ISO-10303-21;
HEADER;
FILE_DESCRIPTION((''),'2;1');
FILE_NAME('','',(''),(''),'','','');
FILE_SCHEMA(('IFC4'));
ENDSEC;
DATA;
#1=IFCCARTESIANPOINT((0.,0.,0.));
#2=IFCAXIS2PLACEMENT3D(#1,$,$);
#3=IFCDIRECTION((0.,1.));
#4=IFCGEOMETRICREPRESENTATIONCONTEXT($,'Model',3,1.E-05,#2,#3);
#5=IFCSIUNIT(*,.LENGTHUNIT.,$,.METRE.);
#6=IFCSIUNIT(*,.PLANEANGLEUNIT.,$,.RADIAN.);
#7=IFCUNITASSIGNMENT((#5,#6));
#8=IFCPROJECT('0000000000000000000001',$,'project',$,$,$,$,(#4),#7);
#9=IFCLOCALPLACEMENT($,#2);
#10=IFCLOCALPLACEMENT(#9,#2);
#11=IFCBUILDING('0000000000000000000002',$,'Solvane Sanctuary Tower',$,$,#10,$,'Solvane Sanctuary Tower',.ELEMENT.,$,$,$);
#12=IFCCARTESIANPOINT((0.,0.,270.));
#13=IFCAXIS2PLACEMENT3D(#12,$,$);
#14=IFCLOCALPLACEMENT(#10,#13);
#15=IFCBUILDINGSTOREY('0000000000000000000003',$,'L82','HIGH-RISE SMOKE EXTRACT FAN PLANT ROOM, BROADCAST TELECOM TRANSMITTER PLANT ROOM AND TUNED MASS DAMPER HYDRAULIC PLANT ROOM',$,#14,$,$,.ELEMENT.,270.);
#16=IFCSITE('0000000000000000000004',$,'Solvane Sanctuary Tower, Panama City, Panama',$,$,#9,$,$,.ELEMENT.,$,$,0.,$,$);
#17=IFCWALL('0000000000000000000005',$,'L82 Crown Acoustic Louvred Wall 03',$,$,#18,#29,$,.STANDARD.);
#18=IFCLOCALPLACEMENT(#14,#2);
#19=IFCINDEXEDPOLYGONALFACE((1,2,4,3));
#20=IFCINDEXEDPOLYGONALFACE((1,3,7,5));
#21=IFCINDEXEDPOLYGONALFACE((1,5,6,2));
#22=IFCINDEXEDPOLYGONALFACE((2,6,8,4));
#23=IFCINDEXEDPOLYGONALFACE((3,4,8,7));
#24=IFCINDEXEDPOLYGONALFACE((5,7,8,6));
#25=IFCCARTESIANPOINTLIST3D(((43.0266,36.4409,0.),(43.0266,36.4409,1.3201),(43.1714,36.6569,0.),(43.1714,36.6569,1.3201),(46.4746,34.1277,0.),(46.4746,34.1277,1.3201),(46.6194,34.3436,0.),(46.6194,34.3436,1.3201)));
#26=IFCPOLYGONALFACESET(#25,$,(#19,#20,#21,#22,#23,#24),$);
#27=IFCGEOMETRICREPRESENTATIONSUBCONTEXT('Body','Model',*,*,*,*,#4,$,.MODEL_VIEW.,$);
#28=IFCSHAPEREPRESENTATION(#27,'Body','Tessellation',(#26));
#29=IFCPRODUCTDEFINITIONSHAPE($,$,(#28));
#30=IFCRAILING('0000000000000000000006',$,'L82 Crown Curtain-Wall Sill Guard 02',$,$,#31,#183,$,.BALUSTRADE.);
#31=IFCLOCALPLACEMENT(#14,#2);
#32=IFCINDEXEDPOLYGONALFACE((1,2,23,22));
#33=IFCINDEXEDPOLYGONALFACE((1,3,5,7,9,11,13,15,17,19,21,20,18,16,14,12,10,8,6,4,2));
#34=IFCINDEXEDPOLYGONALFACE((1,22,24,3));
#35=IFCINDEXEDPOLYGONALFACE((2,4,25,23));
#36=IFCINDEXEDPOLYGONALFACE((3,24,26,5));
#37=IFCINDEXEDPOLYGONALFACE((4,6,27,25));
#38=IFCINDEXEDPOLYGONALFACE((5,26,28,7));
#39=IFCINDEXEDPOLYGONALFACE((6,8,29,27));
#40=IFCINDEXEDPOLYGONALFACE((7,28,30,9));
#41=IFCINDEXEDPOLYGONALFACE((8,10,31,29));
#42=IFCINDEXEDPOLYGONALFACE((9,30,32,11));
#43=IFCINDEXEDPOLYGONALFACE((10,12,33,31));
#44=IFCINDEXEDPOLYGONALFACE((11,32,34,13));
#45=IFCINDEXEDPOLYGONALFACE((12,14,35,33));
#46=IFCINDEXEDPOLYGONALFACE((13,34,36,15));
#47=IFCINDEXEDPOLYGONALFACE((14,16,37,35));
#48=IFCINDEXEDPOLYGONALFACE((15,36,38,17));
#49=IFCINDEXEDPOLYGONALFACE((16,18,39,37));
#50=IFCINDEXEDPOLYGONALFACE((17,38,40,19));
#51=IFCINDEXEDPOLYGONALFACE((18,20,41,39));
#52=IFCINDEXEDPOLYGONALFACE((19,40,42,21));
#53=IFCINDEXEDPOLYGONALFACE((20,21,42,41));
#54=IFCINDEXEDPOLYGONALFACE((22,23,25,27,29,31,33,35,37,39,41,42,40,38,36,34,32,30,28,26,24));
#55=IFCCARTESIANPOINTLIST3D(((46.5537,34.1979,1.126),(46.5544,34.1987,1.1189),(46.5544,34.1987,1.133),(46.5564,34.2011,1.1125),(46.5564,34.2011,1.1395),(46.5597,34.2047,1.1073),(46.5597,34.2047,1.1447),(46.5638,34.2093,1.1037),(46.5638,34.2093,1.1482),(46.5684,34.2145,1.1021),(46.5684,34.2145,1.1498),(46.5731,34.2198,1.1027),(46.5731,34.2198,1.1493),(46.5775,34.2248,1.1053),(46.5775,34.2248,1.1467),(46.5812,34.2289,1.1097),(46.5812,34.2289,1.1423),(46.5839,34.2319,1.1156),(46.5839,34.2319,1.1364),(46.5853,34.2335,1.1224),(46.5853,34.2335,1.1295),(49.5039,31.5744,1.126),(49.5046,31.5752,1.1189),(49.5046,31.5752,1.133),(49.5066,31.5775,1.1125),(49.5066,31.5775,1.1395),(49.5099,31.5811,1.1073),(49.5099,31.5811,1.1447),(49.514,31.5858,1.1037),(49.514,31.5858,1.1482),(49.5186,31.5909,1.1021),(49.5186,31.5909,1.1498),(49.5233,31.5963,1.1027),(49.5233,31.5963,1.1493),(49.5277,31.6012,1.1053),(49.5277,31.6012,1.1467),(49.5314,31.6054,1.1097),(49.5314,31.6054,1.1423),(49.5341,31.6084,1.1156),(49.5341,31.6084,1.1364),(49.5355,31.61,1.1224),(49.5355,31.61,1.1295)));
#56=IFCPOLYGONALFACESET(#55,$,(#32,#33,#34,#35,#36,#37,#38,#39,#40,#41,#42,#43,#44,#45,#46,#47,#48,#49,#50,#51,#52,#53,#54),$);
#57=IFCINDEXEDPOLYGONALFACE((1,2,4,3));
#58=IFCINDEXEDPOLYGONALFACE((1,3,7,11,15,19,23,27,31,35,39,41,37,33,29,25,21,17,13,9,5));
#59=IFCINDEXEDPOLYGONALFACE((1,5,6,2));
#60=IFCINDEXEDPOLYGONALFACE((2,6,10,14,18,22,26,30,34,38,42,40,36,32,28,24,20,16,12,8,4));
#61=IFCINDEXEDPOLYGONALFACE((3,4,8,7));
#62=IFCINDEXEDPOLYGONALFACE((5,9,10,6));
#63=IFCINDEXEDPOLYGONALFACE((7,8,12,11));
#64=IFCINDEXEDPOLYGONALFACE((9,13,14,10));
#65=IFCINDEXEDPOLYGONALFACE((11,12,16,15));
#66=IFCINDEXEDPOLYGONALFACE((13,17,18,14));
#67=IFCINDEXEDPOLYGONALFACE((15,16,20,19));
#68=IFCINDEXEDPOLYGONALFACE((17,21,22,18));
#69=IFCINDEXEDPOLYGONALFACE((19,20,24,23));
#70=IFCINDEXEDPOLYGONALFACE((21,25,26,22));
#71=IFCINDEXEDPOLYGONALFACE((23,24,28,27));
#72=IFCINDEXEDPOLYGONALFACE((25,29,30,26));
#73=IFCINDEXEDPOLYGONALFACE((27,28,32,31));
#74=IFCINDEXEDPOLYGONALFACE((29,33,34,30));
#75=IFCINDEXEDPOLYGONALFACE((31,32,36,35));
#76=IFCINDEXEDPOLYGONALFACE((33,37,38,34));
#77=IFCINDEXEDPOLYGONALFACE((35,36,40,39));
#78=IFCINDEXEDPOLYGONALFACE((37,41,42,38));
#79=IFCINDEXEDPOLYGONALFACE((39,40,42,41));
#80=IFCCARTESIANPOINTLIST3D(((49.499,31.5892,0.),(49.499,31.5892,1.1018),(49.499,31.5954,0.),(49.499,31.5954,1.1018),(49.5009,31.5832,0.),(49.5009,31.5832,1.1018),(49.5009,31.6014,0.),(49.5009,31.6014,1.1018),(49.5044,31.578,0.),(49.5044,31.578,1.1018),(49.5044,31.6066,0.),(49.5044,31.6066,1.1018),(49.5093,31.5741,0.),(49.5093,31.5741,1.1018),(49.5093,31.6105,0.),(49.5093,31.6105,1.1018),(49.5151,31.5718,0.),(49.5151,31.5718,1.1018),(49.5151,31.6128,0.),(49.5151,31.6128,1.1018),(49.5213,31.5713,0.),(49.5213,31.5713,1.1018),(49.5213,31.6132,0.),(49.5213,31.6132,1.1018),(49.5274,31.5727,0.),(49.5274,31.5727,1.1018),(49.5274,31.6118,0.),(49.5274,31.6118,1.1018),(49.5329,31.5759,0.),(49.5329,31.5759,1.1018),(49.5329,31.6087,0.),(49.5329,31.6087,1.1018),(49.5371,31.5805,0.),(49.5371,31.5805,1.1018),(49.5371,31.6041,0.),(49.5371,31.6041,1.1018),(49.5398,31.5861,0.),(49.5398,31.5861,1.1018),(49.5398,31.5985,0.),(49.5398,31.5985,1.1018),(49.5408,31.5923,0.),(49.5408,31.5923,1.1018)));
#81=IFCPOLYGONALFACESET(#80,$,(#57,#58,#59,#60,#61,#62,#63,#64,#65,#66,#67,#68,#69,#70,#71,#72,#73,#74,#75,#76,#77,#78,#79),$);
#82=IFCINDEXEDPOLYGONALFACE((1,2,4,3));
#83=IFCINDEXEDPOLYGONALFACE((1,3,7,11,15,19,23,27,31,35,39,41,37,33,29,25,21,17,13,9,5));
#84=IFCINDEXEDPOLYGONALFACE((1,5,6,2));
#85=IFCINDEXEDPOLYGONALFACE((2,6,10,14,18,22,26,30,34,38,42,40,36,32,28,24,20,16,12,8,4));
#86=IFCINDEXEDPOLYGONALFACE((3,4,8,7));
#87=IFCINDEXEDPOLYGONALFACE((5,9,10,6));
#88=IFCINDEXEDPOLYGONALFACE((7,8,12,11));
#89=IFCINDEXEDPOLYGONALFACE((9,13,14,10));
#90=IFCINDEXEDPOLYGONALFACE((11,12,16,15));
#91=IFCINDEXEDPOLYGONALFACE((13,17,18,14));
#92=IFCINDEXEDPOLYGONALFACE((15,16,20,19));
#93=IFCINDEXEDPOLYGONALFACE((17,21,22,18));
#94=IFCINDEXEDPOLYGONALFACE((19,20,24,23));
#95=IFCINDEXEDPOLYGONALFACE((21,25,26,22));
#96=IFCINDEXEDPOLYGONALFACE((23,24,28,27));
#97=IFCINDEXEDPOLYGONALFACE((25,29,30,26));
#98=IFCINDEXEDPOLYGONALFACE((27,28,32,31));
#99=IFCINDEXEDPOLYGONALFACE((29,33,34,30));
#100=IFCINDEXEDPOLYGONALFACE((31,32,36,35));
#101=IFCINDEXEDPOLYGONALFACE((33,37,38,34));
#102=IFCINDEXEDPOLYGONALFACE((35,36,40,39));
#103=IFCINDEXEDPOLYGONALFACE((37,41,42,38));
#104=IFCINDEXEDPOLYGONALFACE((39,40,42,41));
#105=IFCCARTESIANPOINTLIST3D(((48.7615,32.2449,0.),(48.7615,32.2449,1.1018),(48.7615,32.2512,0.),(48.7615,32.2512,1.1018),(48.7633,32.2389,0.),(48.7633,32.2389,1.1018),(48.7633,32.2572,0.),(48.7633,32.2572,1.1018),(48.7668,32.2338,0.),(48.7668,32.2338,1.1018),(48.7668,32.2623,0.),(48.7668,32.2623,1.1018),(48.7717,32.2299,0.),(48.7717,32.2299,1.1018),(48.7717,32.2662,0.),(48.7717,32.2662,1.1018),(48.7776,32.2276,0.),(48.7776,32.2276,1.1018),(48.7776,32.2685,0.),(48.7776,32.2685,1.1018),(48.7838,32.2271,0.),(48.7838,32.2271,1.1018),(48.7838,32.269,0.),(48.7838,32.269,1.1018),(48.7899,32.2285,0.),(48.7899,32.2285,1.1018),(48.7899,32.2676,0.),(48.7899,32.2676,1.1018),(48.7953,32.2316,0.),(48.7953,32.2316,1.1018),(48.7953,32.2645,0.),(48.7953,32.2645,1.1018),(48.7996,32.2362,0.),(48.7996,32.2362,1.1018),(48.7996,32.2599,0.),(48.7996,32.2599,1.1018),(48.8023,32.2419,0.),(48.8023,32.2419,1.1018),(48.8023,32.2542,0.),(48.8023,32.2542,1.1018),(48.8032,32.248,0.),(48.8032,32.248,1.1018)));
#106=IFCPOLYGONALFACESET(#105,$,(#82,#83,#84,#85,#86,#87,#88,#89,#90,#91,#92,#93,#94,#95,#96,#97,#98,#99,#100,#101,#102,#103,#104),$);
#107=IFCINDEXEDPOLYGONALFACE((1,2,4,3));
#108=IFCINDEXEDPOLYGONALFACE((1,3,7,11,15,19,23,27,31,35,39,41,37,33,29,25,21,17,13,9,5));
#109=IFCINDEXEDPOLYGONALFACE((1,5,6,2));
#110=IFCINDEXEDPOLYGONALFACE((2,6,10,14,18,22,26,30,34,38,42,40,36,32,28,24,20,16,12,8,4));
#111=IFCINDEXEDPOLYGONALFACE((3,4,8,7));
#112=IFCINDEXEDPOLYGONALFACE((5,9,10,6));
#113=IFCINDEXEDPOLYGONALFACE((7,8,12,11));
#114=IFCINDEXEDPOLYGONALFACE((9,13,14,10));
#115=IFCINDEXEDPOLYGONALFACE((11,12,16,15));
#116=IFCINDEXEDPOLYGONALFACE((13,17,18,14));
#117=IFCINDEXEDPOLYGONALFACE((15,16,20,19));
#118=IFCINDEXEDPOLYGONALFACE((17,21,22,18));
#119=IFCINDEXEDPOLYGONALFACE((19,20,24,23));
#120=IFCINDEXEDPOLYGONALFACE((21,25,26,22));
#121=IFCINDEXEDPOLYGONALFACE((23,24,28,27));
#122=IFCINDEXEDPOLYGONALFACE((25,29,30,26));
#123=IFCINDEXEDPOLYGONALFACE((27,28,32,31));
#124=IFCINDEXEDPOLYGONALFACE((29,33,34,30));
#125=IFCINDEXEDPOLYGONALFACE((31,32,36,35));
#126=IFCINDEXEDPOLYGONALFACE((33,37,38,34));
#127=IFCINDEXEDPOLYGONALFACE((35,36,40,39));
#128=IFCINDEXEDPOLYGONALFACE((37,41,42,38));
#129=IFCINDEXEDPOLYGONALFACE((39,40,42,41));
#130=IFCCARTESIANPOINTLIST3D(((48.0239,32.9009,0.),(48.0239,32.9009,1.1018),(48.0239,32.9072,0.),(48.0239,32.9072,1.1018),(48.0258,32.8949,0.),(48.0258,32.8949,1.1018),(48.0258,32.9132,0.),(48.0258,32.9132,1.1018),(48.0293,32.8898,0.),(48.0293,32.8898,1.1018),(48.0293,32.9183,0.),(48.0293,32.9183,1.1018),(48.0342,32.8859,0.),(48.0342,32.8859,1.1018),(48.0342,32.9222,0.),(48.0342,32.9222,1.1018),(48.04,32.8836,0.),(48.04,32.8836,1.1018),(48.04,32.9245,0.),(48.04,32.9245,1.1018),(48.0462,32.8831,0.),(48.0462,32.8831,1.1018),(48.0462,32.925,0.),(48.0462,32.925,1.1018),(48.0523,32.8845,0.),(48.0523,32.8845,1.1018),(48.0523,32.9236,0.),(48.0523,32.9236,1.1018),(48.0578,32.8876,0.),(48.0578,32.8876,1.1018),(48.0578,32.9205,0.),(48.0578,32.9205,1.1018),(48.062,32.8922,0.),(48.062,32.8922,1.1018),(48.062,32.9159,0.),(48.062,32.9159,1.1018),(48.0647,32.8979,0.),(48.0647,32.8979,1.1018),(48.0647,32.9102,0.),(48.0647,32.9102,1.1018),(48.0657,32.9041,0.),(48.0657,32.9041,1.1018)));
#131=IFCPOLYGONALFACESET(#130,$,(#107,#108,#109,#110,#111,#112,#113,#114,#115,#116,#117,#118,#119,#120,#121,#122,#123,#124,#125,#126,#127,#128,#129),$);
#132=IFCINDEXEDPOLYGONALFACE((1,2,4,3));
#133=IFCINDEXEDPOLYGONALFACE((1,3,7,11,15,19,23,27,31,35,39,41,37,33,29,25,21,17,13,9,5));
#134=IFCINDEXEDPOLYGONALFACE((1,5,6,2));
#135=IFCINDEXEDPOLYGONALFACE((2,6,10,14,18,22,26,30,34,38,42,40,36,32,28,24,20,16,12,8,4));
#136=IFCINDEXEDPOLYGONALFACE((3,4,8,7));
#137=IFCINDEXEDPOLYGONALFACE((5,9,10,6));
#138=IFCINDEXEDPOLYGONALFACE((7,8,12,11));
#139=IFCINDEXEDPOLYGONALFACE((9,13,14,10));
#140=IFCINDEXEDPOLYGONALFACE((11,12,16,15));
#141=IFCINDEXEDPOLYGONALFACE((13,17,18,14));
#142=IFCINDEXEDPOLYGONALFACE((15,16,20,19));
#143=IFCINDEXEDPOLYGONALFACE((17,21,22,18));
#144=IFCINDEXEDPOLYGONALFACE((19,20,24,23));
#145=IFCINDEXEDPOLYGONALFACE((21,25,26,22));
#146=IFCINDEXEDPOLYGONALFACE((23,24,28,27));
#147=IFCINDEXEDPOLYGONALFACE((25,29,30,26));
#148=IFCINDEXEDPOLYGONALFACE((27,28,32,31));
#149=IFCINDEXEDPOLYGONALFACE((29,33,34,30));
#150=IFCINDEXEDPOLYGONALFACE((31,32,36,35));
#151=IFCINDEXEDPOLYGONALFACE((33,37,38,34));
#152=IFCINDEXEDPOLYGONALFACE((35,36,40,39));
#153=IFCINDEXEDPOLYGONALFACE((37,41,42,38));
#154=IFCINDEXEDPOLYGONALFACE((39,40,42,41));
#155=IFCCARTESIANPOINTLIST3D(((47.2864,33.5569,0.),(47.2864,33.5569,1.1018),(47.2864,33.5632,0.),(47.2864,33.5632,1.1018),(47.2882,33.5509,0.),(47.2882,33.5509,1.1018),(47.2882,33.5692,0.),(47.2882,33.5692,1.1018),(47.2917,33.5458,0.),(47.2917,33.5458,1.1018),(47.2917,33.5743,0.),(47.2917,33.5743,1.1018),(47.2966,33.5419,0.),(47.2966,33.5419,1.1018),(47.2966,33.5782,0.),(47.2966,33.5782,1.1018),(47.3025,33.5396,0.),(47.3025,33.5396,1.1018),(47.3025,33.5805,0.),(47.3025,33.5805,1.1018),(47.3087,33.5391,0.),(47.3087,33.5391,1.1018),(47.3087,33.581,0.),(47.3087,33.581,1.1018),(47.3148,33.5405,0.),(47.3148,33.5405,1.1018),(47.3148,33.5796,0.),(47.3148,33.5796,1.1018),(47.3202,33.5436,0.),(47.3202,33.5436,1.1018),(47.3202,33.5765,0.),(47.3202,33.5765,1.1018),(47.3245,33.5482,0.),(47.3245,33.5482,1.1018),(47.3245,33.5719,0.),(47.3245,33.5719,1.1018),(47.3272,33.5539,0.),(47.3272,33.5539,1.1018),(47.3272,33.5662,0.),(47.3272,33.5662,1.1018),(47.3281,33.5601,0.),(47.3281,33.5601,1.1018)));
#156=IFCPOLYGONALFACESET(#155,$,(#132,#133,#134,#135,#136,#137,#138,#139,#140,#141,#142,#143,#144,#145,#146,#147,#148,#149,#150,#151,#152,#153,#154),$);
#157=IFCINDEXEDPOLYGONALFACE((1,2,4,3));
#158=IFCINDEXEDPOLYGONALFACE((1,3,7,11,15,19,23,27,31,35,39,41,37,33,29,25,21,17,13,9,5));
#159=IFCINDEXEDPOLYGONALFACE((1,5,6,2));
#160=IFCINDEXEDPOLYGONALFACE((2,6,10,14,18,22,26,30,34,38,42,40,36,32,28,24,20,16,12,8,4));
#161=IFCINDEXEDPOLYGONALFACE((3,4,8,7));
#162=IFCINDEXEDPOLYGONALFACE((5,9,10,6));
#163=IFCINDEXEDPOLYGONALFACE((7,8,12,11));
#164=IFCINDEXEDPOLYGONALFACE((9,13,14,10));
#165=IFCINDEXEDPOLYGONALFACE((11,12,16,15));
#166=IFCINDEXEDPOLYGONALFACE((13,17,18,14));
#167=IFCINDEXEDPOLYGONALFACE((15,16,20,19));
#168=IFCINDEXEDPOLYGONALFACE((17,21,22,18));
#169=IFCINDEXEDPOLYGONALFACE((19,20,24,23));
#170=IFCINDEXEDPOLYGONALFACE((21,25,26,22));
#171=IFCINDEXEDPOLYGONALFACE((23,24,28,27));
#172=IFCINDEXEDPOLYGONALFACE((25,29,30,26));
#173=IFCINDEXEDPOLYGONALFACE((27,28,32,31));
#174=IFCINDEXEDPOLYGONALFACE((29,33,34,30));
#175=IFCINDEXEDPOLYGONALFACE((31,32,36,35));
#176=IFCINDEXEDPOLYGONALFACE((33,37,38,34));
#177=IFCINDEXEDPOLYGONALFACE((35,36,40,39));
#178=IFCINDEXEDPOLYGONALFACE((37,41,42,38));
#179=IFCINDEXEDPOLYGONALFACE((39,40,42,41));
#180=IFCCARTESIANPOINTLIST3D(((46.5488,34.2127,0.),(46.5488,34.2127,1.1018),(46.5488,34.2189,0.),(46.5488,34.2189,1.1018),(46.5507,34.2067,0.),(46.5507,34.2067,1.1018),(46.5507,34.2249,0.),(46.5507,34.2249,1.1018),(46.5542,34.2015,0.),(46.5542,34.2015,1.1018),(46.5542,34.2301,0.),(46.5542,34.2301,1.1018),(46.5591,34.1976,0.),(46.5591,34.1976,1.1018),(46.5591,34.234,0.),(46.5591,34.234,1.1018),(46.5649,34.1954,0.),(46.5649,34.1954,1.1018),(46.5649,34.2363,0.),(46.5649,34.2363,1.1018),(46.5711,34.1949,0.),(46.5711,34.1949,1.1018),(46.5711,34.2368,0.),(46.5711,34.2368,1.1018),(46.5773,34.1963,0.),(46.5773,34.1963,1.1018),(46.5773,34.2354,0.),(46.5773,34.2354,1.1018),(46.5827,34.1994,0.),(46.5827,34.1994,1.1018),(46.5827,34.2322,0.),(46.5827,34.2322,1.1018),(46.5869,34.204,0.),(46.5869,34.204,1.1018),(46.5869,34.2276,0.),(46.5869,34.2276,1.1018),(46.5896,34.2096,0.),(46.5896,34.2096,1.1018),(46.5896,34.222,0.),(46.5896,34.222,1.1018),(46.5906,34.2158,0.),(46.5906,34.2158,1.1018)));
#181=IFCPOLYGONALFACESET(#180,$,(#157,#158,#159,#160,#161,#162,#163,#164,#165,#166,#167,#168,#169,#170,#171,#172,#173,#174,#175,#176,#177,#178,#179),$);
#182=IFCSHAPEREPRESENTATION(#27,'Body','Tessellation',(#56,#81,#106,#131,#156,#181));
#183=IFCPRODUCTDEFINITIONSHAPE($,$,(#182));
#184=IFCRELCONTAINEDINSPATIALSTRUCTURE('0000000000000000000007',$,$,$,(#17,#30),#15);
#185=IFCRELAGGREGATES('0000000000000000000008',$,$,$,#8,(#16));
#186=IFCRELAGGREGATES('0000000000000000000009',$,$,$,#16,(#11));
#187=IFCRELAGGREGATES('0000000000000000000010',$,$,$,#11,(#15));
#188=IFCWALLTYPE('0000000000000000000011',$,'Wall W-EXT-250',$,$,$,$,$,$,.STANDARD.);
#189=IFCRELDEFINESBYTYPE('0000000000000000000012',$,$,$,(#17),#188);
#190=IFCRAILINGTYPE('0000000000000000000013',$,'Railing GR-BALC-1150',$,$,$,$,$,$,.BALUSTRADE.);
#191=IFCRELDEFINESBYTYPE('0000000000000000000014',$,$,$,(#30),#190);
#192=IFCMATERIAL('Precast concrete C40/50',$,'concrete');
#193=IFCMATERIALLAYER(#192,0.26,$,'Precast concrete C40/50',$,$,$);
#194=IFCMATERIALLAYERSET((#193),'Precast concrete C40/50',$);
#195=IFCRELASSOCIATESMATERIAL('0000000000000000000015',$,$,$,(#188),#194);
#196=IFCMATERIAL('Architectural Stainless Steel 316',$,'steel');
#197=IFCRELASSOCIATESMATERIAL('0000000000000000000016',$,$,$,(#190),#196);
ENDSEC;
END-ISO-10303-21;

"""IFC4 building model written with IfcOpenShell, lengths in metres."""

from ifc_helpers import new_model, si_unit, direction, frame, frame_2d, origin, origin_2d, place, context, subcontext, project, spatial, rectangle, circle, extrude, material, layer, layer_set, type_object, element, save


model = new_model("IFC4")

# Units and contexts
model_context = context("Model", 3, precision=1e-05, world=origin(), true_north=direction((0.0, 1.0)))
body_context = subcontext(model_context, "Body", "Model", "MODEL_VIEW")
ifc_project = project(units=[si_unit("LENGTHUNIT", "METRE"), si_unit("PLANEANGLEUNIT", "RADIAN")], contexts=[model_context])

# Site, building, storey
site_placement = place(None, origin())
site = spatial("IfcSite", under=ifc_project, at=site_placement, Name="Solvane Sanctuary Tower, Panama City, Panama", CompositionType="ELEMENT", RefElevation=0.0)
building_placement = place(site_placement, origin())
building = spatial("IfcBuilding", under=site, at=building_placement, Name="Solvane Sanctuary Tower", LongName="Solvane Sanctuary Tower", CompositionType="ELEMENT")
storey_placement = place(building_placement, frame((0.0, 0.0, 270.0)))
storey = spatial("IfcBuildingStorey", under=building, at=storey_placement, Name="L82", Description="HIGH-RISE SMOKE EXTRACT FAN PLANT ROOM, BROADCAST TELECOM TRANSMITTER PLANT ROOM AND TUNED MASS DAMPER HYDRAULIC PLANT ROOM", CompositionType="ELEMENT", Elevation=270.0)

# Wall
ifc_material_1 = material(Name="Precast concrete C40/50", Category="concrete")
ifc_layer_1 = layer(ifc_material_1, 0.26, Name="Precast concrete C40/50")
ifc_layer_set_1 = layer_set([ifc_layer_1], Name="Precast concrete C40/50")
wall_type_1 = type_object("IfcWallType", Name="Wall W-EXT-250", PredefinedType="STANDARD", material=ifc_layer_set_1)
wall_1_placement = place(storey_placement, frame((46.5471, 34.2356, 0.0), z_axis=(0.0, 0.0, 1.0), x_axis=(-0.830427, 0.557127, 0.0)))
element("IfcWall", 1, at=wall_1_placement, inside=storey, type_object=wall_type_1, Name="L82 Crown Acoustic Louvred Wall 03", PredefinedType="STANDARD", context=body_context, shape_type="SweptSolid", body=[
    extrude(rectangle(XDim=4.1521, YDim=0.26, at=frame_2d((2.0762, 0.0))), origin(), (0.0, 0.0, 1.0), 1.3201),
])

# Railing
ifc_material_2 = material(Name="Architectural Stainless Steel 316", Category="steel")
railing_type = type_object("IfcRailingType", Name="Railing GR-BALC-1150", PredefinedType="BALUSTRADE", material=ifc_material_2)
railing_1_placement = place(storey_placement, frame((49.5198, 31.5923, 0.0)))
element("IfcRailing", 2, at=railing_1_placement, inside=storey, type_object=railing_type, Name="L82 Crown Curtain-Wall Sill Guard 02", PredefinedType="BALUSTRADE", context=body_context, shape_type="SweptSolid", body=[
    extrude(circle(Radius=0.0239, at=origin_2d()), frame((0.0, 0.0, 1.126), z_axis=(-0.747266, 0.664525, 0.0), x_axis=(-0.664525, -0.747266, 0.0)), (0.0, 0.0, 1.0), 3.948),
    extrude(circle(Radius=0.021, at=origin_2d()), origin(), (0.0, 0.0, 1.0), 1.1018),
    extrude(circle(Radius=0.021, at=origin_2d()), frame((-0.7375, 0.6558, 0.0)), (0.0, 0.0, 1.0), 1.1018),
    extrude(circle(Radius=0.021, at=origin_2d()), frame((-1.4751, 1.3118, 0.0)), (0.0, 0.0, 1.0), 1.1018),
    extrude(circle(Radius=0.021, at=origin_2d()), frame((-2.2126, 1.9678, 0.0)), (0.0, 0.0, 1.0), 1.1018),
    extrude(circle(Radius=0.021, at=origin_2d()), frame((-2.9502, 2.6235, 0.0)), (0.0, 0.0, 1.0), 1.1018),
])

save(model, "model.ifc")
